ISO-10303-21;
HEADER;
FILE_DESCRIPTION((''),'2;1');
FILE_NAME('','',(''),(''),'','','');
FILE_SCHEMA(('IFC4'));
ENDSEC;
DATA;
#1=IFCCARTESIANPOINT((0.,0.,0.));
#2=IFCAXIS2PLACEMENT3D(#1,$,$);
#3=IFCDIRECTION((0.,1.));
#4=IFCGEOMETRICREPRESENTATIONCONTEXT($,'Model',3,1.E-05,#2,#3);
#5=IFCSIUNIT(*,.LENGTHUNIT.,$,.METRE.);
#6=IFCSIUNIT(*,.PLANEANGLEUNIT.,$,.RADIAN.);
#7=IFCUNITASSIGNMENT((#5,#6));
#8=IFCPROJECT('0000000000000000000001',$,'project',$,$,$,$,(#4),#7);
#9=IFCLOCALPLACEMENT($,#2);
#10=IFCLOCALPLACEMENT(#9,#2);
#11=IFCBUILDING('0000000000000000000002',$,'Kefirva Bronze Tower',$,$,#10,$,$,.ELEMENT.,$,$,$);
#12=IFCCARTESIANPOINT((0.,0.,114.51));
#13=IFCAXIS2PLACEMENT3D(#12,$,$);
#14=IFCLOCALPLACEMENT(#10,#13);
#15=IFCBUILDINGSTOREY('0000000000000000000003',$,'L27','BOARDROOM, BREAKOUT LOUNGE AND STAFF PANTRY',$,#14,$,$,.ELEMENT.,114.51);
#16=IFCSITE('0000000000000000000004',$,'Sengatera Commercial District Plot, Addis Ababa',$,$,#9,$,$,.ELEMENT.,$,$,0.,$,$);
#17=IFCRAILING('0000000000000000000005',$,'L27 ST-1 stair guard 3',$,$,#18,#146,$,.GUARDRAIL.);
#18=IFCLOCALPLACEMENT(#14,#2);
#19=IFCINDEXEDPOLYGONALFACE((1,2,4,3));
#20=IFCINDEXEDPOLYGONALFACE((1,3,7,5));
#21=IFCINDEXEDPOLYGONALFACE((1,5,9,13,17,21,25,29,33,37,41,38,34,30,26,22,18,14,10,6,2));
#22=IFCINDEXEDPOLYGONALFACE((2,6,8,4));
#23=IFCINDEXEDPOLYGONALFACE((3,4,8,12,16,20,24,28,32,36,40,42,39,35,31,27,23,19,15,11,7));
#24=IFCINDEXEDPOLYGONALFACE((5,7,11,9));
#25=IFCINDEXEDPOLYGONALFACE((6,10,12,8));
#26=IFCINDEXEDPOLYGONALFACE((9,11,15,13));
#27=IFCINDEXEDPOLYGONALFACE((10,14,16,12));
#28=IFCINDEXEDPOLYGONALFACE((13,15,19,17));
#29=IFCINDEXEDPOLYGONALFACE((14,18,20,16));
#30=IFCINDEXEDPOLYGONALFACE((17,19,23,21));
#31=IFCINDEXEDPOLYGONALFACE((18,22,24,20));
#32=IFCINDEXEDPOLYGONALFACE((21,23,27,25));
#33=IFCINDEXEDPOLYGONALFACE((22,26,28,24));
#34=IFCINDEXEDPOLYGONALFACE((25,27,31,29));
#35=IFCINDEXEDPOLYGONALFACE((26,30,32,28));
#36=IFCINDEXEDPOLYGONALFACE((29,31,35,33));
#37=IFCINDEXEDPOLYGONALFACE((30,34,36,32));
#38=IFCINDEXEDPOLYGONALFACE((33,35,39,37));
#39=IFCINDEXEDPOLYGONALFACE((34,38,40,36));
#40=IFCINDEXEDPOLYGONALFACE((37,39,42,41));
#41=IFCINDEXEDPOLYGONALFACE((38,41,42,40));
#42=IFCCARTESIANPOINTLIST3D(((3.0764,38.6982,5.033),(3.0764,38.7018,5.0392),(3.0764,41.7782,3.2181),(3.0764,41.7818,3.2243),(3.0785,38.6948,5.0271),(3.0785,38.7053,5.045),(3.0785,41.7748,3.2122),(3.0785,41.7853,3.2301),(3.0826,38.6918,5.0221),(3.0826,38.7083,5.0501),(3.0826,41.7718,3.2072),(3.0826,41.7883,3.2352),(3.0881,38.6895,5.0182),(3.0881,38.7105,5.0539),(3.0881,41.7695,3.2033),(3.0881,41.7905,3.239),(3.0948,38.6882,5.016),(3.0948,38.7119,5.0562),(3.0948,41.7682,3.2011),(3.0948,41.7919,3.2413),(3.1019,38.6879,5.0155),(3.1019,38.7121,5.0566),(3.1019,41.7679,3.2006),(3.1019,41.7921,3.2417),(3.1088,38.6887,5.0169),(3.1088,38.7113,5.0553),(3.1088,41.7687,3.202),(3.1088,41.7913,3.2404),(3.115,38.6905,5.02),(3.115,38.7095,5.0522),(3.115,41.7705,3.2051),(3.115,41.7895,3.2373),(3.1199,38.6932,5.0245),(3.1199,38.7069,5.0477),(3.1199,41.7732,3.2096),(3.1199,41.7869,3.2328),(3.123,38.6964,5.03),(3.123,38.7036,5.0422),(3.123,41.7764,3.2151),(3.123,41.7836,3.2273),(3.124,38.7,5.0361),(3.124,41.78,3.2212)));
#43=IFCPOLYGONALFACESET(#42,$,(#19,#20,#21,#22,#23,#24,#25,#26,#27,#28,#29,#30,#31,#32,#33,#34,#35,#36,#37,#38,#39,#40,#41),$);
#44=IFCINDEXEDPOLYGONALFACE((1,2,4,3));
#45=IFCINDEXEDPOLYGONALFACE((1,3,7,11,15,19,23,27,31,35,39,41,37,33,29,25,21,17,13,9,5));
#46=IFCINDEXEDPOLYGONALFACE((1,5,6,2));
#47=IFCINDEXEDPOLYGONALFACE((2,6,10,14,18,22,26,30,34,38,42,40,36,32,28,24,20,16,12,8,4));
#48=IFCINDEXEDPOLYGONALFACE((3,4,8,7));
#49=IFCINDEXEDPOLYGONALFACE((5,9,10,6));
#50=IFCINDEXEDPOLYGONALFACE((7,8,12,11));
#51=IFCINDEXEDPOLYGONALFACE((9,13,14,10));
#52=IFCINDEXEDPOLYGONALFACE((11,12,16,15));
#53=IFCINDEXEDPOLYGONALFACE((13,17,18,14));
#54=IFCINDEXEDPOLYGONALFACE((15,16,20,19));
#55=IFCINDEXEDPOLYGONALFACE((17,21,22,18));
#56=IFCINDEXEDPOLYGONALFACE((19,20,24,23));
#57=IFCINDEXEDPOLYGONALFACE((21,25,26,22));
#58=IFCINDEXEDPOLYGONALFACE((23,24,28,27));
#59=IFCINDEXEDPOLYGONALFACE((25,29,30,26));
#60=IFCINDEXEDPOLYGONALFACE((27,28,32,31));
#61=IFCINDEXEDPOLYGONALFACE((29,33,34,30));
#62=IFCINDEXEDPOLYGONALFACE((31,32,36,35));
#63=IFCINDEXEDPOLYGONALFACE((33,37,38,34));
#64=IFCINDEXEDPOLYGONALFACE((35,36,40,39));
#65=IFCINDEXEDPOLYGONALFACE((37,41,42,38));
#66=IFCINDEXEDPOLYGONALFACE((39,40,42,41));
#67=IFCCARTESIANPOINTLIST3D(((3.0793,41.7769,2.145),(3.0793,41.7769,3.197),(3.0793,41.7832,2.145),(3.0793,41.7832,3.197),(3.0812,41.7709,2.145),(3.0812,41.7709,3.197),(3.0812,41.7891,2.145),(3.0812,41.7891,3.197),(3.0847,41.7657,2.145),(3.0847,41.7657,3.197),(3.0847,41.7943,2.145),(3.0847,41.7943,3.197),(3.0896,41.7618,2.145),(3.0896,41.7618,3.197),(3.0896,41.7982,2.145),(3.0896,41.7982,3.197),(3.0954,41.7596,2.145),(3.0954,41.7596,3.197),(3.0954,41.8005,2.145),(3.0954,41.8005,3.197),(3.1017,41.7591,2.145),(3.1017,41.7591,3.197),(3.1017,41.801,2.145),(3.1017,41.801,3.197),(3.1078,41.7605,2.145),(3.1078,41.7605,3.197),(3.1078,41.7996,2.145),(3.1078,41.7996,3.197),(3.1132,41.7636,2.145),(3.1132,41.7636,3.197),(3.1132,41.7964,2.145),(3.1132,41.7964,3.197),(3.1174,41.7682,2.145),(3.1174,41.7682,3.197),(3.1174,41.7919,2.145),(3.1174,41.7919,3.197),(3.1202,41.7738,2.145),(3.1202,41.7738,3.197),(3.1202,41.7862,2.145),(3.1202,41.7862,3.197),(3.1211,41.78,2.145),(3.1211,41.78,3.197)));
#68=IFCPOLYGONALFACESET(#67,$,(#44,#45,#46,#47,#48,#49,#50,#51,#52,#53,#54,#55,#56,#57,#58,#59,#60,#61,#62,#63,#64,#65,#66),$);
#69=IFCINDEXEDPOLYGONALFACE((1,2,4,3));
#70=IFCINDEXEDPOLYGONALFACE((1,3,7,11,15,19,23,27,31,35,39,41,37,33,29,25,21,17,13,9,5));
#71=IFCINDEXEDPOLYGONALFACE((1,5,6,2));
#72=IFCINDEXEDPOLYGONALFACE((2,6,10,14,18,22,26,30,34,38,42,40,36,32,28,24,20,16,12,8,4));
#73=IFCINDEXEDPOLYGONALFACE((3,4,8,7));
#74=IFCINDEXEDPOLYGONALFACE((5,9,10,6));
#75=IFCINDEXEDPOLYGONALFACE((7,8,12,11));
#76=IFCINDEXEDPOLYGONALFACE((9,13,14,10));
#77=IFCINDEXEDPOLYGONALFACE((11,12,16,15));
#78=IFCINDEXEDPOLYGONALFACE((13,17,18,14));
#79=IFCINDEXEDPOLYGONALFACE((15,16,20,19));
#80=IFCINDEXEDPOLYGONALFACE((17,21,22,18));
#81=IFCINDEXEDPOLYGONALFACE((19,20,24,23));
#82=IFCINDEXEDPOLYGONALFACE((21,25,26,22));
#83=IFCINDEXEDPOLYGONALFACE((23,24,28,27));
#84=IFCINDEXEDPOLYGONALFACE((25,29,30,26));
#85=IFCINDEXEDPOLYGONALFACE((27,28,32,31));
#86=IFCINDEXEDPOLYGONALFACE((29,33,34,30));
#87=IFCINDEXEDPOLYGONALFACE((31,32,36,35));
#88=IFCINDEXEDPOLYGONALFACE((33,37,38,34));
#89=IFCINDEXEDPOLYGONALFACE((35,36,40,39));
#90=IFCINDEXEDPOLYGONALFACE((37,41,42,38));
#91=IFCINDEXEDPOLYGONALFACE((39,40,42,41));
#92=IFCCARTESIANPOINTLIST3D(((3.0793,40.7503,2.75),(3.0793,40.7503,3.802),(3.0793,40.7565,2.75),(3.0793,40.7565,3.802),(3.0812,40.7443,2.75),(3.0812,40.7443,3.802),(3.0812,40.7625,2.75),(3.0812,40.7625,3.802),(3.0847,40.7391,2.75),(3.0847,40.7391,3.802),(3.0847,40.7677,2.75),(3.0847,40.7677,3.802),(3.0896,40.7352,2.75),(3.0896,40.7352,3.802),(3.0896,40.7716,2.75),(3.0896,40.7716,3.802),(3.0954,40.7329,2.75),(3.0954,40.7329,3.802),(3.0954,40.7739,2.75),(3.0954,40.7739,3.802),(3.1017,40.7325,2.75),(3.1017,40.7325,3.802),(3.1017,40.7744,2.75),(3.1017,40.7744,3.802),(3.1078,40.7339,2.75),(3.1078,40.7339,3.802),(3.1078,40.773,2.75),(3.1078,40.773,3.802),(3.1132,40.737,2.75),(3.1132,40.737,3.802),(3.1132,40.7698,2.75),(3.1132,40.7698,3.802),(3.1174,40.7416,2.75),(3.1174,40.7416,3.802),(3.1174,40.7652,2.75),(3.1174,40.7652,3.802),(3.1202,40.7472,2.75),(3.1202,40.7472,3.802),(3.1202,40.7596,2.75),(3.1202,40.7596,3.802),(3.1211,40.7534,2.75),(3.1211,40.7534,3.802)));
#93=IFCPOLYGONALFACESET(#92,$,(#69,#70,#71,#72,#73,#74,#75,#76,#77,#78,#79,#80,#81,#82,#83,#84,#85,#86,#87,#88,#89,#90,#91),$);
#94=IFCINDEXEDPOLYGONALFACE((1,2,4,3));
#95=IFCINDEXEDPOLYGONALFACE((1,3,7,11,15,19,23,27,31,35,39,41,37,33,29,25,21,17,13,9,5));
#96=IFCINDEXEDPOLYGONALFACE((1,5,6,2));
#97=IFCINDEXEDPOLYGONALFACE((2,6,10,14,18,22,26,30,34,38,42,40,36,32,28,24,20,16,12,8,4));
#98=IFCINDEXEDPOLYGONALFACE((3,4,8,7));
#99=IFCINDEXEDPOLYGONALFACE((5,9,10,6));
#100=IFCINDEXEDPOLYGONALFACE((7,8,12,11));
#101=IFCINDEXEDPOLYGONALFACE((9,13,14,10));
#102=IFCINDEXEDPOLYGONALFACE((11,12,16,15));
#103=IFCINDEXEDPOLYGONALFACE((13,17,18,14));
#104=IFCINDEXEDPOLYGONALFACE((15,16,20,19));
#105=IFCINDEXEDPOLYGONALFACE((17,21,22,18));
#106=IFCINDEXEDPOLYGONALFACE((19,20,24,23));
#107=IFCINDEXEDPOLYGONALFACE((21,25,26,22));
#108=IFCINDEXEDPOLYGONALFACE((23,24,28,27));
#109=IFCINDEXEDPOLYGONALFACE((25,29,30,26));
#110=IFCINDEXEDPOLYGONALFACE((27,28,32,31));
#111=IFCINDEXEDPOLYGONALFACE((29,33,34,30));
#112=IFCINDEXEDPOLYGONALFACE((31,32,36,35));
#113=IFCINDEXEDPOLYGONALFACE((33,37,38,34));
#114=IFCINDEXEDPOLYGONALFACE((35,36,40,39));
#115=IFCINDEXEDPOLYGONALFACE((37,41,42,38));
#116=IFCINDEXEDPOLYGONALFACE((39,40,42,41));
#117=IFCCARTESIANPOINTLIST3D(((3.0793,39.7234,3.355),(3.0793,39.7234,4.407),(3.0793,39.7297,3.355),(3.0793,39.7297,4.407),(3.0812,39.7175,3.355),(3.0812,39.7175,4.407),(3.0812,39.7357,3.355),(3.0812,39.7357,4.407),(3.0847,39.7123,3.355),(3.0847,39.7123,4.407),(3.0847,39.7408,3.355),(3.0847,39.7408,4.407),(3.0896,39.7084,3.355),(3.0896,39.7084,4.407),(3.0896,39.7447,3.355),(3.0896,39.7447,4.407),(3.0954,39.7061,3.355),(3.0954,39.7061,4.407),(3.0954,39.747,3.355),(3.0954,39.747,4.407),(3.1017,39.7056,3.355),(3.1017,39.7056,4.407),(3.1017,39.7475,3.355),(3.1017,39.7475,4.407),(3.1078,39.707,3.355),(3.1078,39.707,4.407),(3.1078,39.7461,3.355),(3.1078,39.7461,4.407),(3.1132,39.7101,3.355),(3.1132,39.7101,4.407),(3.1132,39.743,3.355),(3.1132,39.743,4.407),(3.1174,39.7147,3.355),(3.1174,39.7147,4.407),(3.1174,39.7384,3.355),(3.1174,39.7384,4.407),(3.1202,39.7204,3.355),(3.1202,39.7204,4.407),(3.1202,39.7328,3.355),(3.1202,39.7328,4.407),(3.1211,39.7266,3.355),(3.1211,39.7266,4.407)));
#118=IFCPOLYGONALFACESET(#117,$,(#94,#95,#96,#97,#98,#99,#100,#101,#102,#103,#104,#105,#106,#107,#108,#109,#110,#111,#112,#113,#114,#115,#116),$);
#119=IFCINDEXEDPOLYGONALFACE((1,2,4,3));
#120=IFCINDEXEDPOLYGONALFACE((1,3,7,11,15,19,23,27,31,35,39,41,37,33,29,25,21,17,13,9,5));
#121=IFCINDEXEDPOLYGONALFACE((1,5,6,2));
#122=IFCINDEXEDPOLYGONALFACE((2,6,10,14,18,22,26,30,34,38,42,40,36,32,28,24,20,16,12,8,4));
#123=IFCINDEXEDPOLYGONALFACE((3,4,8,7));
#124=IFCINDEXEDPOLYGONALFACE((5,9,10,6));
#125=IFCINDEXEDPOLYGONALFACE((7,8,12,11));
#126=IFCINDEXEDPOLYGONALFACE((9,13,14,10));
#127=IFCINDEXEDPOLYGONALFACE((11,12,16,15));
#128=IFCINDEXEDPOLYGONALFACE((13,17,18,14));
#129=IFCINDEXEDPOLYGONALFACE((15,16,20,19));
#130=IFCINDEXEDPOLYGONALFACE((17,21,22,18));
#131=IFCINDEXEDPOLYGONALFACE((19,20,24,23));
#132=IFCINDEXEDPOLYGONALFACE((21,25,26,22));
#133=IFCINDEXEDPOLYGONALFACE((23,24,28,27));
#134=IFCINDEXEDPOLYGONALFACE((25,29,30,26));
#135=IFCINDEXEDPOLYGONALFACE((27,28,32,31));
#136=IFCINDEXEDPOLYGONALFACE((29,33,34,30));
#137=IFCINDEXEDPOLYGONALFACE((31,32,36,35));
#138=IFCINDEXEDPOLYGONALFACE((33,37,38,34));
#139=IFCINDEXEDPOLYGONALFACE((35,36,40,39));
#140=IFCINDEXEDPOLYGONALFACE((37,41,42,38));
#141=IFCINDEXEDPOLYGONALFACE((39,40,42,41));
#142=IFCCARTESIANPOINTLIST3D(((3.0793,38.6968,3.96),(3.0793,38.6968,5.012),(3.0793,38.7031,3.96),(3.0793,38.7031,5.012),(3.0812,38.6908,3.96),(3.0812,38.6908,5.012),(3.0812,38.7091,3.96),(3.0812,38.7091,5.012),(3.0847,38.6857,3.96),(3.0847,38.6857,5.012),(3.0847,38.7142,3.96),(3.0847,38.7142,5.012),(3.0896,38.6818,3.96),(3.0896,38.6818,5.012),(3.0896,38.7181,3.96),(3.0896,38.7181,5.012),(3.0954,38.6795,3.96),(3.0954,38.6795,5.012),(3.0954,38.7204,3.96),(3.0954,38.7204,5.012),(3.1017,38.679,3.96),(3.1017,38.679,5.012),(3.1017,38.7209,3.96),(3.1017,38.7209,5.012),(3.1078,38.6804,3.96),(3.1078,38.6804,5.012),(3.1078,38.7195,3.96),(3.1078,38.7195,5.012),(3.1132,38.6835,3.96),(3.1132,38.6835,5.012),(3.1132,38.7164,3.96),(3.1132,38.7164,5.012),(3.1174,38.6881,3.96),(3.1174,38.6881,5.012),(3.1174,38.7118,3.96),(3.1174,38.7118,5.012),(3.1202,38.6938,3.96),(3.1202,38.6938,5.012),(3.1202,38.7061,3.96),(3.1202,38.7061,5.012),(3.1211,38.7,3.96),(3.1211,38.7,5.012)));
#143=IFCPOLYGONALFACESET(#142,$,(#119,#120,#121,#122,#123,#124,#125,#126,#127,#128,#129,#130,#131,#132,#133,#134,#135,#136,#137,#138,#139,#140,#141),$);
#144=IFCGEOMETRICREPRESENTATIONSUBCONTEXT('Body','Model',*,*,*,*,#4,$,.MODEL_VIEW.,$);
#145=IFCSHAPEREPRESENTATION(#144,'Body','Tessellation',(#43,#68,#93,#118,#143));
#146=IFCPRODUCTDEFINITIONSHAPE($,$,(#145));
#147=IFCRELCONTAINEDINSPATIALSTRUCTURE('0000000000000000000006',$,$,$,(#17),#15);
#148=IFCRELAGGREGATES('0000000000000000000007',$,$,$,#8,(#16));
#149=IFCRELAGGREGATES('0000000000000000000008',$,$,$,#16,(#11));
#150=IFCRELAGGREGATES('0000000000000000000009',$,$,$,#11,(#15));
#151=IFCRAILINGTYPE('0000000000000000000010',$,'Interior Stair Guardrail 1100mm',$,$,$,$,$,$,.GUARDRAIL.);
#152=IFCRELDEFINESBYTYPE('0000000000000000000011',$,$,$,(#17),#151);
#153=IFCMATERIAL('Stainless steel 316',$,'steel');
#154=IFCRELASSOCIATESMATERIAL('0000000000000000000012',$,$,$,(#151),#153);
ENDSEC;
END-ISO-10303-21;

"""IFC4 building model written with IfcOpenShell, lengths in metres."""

from ifc_helpers import new_model, si_unit, direction, frame, origin, origin_2d, place, context, subcontext, project, spatial, circle, extrude, material, type_object, element, save


model = new_model("IFC4")

# Units and contexts
model_context = context("Model", 3, precision=1e-05, world=origin(), true_north=direction((0.0, 1.0)))
body_context = subcontext(model_context, "Body", "Model", "MODEL_VIEW")
ifc_project = project(units=[si_unit("LENGTHUNIT", "METRE"), si_unit("PLANEANGLEUNIT", "RADIAN")], contexts=[model_context])

# Site, building, storey
site_placement = place(None, origin())
site = spatial("IfcSite", under=ifc_project, at=site_placement, Name="Sengatera Commercial District Plot, Addis Ababa", CompositionType="ELEMENT", RefElevation=0.0)
building_placement = place(site_placement, origin())
building = spatial("IfcBuilding", under=site, at=building_placement, Name="Kefirva Bronze Tower", CompositionType="ELEMENT")
storey_placement = place(building_placement, frame((0.0, 0.0, 114.51)))
storey = spatial("IfcBuildingStorey", under=building, at=storey_placement, Name="L27", Description="BOARDROOM, BREAKOUT LOUNGE AND STAFF PANTRY", CompositionType="ELEMENT", Elevation=114.51)

# Shared definitions
ifc_material_1 = material(Name="Stainless steel 316", Category="steel")

# Railing
railing_type_1 = type_object("IfcRailingType", Name="Interior Stair Guardrail 1100mm", PredefinedType="GUARDRAIL", material=ifc_material_1)
railing_1_placement = place(storey_placement, frame((3.1001, 41.78, 2.145)))
element("IfcRailing", 1, at=railing_1_placement, inside=storey, type_object=railing_type_1, Name="L27 ST-1 stair guard 3", PredefinedType="GUARDRAIL", context=body_context, shape_type="SweptSolid", body=[
    extrude(circle(Radius=0.0239, at=origin_2d()), frame((0.0, 0.0, 1.0762), z_axis=(0.0, -0.861551, 0.507671), x_axis=(1.0, 0.0, 0.0)), (0.0, 0.0, 1.0), 3.575),
    extrude(circle(Radius=0.021, at=origin_2d()), origin(), (0.0, 0.0, 1.0), 1.052),
    extrude(circle(Radius=0.021, at=origin_2d()), frame((0.0, -1.0266, 0.605)), (0.0, 0.0, 1.0), 1.052),
    extrude(circle(Radius=0.021, at=origin_2d()), frame((0.0, -2.0535, 1.21)), (0.0, 0.0, 1.0), 1.052),
    extrude(circle(Radius=0.021, at=origin_2d()), frame((0.0, -3.0801, 1.8149)), (0.0, 0.0, 1.0), 1.052),
])

save(model, "model.ifc")
